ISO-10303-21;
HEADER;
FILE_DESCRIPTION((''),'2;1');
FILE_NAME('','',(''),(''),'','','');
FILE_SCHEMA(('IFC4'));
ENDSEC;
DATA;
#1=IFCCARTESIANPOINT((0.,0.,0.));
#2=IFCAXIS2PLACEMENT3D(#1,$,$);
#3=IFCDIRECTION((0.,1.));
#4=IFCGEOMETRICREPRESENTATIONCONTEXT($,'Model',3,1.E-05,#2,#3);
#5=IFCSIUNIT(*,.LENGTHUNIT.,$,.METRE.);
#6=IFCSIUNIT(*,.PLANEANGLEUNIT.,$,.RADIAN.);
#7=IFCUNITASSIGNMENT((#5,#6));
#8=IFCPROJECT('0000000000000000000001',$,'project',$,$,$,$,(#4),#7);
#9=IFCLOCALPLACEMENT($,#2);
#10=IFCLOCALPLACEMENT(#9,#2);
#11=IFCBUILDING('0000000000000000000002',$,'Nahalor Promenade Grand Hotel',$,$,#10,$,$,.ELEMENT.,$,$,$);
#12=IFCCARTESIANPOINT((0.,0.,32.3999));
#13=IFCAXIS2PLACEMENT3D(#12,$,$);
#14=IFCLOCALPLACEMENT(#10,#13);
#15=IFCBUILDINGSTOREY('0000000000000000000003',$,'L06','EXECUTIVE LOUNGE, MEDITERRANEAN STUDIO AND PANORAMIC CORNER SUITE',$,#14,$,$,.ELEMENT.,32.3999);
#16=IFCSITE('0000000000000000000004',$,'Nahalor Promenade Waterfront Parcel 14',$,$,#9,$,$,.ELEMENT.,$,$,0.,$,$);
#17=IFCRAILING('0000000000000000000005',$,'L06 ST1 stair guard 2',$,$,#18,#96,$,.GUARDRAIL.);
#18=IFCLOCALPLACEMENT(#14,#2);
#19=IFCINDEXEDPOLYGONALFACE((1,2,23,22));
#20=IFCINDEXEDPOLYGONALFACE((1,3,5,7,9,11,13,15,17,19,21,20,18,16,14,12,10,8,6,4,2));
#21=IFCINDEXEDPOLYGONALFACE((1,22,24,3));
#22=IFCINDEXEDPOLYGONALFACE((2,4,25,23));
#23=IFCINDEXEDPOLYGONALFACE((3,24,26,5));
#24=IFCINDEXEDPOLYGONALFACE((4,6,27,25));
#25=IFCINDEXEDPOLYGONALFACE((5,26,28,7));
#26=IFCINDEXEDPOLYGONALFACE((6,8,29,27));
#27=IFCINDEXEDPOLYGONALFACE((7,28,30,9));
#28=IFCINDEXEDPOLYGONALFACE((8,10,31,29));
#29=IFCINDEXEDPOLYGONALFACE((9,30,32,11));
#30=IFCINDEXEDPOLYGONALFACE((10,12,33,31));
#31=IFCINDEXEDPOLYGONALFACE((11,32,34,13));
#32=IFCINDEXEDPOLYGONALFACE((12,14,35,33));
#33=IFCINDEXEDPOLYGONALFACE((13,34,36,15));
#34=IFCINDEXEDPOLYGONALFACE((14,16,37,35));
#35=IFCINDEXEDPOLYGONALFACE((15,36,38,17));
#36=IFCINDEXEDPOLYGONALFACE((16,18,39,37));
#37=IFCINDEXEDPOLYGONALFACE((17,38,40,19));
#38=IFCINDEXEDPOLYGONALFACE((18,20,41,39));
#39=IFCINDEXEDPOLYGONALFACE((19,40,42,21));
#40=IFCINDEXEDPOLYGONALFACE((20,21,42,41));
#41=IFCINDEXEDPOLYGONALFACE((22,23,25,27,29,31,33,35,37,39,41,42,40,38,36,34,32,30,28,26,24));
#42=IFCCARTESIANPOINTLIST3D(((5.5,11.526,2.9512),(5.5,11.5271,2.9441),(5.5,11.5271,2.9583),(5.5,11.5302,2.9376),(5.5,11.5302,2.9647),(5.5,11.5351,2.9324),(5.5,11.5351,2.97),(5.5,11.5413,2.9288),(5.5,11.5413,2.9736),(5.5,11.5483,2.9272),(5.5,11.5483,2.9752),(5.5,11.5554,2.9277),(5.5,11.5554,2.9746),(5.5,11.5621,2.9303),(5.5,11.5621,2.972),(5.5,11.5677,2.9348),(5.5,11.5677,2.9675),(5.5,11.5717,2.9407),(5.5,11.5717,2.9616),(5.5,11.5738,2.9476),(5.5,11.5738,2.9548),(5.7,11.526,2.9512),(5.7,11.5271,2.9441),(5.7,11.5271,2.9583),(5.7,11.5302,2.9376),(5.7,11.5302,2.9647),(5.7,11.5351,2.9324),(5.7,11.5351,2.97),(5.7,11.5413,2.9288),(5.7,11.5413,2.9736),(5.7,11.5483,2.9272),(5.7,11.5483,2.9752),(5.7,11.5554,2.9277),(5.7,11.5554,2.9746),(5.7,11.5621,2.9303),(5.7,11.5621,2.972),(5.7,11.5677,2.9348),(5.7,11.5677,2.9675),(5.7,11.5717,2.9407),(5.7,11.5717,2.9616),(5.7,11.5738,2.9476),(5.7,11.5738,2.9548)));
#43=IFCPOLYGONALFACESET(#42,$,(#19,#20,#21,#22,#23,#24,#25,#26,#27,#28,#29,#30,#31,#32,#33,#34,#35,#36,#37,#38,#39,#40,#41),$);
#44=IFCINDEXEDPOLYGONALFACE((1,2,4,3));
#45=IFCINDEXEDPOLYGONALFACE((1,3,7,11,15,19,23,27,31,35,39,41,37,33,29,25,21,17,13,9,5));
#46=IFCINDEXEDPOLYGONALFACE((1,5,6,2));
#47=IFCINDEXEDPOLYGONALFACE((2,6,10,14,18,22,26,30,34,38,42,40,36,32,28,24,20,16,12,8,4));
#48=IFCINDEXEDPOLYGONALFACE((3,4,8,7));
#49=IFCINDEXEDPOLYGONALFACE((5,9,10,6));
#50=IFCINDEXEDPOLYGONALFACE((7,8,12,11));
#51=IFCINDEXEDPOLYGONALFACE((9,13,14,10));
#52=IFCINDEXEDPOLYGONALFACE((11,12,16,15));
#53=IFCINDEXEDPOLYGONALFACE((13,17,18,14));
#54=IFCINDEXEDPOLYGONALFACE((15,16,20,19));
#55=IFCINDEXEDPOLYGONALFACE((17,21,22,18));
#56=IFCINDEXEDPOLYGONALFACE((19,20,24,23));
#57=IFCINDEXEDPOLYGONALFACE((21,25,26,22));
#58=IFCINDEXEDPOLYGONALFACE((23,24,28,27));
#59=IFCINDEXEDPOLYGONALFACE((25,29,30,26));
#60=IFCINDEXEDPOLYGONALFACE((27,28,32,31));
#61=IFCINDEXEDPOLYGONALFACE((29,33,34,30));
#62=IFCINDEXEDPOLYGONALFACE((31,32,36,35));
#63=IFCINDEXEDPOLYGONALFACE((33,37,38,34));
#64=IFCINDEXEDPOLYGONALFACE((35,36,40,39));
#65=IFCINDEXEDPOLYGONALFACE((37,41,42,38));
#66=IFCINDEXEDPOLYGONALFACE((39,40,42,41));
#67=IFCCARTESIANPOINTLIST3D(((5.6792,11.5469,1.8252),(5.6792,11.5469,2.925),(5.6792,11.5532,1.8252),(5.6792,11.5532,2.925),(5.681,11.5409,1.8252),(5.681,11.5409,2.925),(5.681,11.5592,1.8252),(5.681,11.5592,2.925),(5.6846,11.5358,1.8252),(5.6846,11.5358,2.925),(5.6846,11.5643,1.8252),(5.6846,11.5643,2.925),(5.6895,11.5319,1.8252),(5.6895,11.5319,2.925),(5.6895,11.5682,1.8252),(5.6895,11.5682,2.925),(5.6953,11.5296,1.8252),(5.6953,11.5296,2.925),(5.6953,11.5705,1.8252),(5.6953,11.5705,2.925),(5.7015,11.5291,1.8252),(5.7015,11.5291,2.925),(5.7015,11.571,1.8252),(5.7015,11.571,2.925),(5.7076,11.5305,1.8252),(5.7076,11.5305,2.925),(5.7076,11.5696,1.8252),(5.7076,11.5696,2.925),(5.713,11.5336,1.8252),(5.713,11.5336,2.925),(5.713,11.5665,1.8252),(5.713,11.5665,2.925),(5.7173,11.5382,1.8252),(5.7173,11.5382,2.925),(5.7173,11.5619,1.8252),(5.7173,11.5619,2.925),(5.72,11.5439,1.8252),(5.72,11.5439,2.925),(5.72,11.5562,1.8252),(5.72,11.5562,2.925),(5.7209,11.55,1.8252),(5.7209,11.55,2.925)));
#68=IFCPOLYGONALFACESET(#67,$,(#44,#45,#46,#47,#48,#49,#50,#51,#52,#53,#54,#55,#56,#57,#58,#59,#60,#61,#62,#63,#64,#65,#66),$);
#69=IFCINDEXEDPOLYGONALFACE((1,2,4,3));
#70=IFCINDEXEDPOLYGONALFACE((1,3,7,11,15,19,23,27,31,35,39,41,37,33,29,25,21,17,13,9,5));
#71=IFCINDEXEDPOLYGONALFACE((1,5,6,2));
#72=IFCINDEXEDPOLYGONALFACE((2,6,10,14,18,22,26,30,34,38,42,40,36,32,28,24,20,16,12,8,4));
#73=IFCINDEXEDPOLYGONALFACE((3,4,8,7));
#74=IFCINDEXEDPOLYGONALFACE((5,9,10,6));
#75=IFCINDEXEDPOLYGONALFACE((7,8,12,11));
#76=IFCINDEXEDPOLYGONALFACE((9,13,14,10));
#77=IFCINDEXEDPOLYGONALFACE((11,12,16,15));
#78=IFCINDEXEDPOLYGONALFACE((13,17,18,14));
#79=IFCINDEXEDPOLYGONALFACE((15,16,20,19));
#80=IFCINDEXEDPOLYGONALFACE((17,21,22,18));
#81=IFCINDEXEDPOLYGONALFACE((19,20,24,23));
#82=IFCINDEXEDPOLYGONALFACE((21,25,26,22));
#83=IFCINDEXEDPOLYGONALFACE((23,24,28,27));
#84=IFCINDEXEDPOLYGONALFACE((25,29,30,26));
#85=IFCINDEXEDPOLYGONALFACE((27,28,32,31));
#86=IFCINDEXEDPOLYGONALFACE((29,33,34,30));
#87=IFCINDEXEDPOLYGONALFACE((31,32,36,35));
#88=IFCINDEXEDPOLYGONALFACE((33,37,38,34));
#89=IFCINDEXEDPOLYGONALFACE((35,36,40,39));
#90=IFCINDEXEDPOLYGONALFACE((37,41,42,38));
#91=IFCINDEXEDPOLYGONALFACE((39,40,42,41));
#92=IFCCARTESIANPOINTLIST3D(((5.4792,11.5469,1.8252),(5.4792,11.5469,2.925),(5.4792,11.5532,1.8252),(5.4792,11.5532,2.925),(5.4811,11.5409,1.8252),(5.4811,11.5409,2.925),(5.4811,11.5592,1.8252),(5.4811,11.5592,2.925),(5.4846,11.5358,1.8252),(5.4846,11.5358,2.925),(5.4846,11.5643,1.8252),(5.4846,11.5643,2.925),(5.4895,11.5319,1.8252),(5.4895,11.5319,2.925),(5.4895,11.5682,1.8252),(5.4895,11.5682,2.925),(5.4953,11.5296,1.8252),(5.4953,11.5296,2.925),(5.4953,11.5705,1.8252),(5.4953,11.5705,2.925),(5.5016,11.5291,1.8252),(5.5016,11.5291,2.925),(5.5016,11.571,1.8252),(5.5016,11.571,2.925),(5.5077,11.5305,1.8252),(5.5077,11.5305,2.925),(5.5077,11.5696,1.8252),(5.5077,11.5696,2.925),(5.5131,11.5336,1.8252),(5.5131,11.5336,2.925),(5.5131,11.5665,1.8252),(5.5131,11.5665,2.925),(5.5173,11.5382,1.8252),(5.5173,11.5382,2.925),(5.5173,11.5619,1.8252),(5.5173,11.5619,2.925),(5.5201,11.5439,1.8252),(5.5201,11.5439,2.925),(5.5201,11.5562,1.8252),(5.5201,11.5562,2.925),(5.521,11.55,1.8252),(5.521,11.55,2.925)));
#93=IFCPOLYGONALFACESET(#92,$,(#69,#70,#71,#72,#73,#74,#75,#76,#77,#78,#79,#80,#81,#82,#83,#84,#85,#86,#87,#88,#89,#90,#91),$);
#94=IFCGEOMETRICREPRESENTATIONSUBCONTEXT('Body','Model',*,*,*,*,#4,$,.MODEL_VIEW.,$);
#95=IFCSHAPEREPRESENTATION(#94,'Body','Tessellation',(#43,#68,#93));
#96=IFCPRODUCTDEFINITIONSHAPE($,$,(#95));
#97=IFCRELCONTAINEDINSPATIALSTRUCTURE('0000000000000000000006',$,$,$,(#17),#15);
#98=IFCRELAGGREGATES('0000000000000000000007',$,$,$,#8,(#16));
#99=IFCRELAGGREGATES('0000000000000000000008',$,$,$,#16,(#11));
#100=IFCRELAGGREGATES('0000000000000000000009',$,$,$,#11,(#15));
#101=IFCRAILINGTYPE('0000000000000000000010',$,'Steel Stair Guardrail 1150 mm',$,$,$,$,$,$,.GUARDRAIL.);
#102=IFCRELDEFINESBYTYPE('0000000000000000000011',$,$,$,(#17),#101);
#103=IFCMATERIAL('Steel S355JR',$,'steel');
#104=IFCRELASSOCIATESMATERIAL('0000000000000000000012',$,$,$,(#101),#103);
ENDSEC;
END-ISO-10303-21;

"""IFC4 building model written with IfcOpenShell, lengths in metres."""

from ifc_helpers import new_model, si_unit, direction, frame, origin, origin_2d, place, context, subcontext, project, spatial, circle, extrude, material, type_object, element, save


model = new_model("IFC4")

# Units and contexts
model_context = context("Model", 3, precision=1e-05, world=origin(), true_north=direction((0.0, 1.0)))
body_context = subcontext(model_context, "Body", "Model", "MODEL_VIEW")
ifc_project = project(units=[si_unit("LENGTHUNIT", "METRE"), si_unit("PLANEANGLEUNIT", "RADIAN")], contexts=[model_context])

# Site, building, storey
site_placement = place(None, origin())
site = spatial("IfcSite", under=ifc_project, at=site_placement, Name="Nahalor Promenade Waterfront Parcel 14", CompositionType="ELEMENT", RefElevation=0.0)
building_placement = place(site_placement, origin())
building = spatial("IfcBuilding", under=site, at=building_placement, Name="Nahalor Promenade Grand Hotel", CompositionType="ELEMENT")
storey_placement = place(building_placement, frame((0.0, 0.0, 32.3999)))
storey = spatial("IfcBuildingStorey", under=building, at=storey_placement, Name="L06", Description="EXECUTIVE LOUNGE, MEDITERRANEAN STUDIO AND PANORAMIC CORNER SUITE", CompositionType="ELEMENT", Elevation=32.3999)

# Shared definitions
ifc_material_1 = material(Name="Steel S355JR", Category="steel")

# Railing
railing_type_1 = type_object("IfcRailingType", Name="Steel Stair Guardrail 1150 mm", PredefinedType="GUARDRAIL", material=ifc_material_1)
railing_1_placement = place(storey_placement, frame((5.7, 11.55, 1.8252)))
element("IfcRailing", 1, at=railing_1_placement, inside=storey, type_object=railing_type_1, Name="L06 ST1 stair guard 2", PredefinedType="GUARDRAIL", context=body_context, shape_type="SweptSolid", body=[
    extrude(circle(Radius=0.024, at=origin_2d()), frame((0.0, 0.0, 1.126), z_axis=(-1.0, 0.0, 0.0), x_axis=(0.0, -1.0, 0.0)), (0.0, 0.0, 1.0), 0.2),
    extrude(circle(Radius=0.021, at=origin_2d()), origin(), (0.0, 0.0, 1.0), 1.0999),
    extrude(circle(Radius=0.021, at=origin_2d()), frame((-0.2, 0.0, 0.0)), (0.0, 0.0, 1.0), 1.0999),
])

save(model, "model.ifc")
